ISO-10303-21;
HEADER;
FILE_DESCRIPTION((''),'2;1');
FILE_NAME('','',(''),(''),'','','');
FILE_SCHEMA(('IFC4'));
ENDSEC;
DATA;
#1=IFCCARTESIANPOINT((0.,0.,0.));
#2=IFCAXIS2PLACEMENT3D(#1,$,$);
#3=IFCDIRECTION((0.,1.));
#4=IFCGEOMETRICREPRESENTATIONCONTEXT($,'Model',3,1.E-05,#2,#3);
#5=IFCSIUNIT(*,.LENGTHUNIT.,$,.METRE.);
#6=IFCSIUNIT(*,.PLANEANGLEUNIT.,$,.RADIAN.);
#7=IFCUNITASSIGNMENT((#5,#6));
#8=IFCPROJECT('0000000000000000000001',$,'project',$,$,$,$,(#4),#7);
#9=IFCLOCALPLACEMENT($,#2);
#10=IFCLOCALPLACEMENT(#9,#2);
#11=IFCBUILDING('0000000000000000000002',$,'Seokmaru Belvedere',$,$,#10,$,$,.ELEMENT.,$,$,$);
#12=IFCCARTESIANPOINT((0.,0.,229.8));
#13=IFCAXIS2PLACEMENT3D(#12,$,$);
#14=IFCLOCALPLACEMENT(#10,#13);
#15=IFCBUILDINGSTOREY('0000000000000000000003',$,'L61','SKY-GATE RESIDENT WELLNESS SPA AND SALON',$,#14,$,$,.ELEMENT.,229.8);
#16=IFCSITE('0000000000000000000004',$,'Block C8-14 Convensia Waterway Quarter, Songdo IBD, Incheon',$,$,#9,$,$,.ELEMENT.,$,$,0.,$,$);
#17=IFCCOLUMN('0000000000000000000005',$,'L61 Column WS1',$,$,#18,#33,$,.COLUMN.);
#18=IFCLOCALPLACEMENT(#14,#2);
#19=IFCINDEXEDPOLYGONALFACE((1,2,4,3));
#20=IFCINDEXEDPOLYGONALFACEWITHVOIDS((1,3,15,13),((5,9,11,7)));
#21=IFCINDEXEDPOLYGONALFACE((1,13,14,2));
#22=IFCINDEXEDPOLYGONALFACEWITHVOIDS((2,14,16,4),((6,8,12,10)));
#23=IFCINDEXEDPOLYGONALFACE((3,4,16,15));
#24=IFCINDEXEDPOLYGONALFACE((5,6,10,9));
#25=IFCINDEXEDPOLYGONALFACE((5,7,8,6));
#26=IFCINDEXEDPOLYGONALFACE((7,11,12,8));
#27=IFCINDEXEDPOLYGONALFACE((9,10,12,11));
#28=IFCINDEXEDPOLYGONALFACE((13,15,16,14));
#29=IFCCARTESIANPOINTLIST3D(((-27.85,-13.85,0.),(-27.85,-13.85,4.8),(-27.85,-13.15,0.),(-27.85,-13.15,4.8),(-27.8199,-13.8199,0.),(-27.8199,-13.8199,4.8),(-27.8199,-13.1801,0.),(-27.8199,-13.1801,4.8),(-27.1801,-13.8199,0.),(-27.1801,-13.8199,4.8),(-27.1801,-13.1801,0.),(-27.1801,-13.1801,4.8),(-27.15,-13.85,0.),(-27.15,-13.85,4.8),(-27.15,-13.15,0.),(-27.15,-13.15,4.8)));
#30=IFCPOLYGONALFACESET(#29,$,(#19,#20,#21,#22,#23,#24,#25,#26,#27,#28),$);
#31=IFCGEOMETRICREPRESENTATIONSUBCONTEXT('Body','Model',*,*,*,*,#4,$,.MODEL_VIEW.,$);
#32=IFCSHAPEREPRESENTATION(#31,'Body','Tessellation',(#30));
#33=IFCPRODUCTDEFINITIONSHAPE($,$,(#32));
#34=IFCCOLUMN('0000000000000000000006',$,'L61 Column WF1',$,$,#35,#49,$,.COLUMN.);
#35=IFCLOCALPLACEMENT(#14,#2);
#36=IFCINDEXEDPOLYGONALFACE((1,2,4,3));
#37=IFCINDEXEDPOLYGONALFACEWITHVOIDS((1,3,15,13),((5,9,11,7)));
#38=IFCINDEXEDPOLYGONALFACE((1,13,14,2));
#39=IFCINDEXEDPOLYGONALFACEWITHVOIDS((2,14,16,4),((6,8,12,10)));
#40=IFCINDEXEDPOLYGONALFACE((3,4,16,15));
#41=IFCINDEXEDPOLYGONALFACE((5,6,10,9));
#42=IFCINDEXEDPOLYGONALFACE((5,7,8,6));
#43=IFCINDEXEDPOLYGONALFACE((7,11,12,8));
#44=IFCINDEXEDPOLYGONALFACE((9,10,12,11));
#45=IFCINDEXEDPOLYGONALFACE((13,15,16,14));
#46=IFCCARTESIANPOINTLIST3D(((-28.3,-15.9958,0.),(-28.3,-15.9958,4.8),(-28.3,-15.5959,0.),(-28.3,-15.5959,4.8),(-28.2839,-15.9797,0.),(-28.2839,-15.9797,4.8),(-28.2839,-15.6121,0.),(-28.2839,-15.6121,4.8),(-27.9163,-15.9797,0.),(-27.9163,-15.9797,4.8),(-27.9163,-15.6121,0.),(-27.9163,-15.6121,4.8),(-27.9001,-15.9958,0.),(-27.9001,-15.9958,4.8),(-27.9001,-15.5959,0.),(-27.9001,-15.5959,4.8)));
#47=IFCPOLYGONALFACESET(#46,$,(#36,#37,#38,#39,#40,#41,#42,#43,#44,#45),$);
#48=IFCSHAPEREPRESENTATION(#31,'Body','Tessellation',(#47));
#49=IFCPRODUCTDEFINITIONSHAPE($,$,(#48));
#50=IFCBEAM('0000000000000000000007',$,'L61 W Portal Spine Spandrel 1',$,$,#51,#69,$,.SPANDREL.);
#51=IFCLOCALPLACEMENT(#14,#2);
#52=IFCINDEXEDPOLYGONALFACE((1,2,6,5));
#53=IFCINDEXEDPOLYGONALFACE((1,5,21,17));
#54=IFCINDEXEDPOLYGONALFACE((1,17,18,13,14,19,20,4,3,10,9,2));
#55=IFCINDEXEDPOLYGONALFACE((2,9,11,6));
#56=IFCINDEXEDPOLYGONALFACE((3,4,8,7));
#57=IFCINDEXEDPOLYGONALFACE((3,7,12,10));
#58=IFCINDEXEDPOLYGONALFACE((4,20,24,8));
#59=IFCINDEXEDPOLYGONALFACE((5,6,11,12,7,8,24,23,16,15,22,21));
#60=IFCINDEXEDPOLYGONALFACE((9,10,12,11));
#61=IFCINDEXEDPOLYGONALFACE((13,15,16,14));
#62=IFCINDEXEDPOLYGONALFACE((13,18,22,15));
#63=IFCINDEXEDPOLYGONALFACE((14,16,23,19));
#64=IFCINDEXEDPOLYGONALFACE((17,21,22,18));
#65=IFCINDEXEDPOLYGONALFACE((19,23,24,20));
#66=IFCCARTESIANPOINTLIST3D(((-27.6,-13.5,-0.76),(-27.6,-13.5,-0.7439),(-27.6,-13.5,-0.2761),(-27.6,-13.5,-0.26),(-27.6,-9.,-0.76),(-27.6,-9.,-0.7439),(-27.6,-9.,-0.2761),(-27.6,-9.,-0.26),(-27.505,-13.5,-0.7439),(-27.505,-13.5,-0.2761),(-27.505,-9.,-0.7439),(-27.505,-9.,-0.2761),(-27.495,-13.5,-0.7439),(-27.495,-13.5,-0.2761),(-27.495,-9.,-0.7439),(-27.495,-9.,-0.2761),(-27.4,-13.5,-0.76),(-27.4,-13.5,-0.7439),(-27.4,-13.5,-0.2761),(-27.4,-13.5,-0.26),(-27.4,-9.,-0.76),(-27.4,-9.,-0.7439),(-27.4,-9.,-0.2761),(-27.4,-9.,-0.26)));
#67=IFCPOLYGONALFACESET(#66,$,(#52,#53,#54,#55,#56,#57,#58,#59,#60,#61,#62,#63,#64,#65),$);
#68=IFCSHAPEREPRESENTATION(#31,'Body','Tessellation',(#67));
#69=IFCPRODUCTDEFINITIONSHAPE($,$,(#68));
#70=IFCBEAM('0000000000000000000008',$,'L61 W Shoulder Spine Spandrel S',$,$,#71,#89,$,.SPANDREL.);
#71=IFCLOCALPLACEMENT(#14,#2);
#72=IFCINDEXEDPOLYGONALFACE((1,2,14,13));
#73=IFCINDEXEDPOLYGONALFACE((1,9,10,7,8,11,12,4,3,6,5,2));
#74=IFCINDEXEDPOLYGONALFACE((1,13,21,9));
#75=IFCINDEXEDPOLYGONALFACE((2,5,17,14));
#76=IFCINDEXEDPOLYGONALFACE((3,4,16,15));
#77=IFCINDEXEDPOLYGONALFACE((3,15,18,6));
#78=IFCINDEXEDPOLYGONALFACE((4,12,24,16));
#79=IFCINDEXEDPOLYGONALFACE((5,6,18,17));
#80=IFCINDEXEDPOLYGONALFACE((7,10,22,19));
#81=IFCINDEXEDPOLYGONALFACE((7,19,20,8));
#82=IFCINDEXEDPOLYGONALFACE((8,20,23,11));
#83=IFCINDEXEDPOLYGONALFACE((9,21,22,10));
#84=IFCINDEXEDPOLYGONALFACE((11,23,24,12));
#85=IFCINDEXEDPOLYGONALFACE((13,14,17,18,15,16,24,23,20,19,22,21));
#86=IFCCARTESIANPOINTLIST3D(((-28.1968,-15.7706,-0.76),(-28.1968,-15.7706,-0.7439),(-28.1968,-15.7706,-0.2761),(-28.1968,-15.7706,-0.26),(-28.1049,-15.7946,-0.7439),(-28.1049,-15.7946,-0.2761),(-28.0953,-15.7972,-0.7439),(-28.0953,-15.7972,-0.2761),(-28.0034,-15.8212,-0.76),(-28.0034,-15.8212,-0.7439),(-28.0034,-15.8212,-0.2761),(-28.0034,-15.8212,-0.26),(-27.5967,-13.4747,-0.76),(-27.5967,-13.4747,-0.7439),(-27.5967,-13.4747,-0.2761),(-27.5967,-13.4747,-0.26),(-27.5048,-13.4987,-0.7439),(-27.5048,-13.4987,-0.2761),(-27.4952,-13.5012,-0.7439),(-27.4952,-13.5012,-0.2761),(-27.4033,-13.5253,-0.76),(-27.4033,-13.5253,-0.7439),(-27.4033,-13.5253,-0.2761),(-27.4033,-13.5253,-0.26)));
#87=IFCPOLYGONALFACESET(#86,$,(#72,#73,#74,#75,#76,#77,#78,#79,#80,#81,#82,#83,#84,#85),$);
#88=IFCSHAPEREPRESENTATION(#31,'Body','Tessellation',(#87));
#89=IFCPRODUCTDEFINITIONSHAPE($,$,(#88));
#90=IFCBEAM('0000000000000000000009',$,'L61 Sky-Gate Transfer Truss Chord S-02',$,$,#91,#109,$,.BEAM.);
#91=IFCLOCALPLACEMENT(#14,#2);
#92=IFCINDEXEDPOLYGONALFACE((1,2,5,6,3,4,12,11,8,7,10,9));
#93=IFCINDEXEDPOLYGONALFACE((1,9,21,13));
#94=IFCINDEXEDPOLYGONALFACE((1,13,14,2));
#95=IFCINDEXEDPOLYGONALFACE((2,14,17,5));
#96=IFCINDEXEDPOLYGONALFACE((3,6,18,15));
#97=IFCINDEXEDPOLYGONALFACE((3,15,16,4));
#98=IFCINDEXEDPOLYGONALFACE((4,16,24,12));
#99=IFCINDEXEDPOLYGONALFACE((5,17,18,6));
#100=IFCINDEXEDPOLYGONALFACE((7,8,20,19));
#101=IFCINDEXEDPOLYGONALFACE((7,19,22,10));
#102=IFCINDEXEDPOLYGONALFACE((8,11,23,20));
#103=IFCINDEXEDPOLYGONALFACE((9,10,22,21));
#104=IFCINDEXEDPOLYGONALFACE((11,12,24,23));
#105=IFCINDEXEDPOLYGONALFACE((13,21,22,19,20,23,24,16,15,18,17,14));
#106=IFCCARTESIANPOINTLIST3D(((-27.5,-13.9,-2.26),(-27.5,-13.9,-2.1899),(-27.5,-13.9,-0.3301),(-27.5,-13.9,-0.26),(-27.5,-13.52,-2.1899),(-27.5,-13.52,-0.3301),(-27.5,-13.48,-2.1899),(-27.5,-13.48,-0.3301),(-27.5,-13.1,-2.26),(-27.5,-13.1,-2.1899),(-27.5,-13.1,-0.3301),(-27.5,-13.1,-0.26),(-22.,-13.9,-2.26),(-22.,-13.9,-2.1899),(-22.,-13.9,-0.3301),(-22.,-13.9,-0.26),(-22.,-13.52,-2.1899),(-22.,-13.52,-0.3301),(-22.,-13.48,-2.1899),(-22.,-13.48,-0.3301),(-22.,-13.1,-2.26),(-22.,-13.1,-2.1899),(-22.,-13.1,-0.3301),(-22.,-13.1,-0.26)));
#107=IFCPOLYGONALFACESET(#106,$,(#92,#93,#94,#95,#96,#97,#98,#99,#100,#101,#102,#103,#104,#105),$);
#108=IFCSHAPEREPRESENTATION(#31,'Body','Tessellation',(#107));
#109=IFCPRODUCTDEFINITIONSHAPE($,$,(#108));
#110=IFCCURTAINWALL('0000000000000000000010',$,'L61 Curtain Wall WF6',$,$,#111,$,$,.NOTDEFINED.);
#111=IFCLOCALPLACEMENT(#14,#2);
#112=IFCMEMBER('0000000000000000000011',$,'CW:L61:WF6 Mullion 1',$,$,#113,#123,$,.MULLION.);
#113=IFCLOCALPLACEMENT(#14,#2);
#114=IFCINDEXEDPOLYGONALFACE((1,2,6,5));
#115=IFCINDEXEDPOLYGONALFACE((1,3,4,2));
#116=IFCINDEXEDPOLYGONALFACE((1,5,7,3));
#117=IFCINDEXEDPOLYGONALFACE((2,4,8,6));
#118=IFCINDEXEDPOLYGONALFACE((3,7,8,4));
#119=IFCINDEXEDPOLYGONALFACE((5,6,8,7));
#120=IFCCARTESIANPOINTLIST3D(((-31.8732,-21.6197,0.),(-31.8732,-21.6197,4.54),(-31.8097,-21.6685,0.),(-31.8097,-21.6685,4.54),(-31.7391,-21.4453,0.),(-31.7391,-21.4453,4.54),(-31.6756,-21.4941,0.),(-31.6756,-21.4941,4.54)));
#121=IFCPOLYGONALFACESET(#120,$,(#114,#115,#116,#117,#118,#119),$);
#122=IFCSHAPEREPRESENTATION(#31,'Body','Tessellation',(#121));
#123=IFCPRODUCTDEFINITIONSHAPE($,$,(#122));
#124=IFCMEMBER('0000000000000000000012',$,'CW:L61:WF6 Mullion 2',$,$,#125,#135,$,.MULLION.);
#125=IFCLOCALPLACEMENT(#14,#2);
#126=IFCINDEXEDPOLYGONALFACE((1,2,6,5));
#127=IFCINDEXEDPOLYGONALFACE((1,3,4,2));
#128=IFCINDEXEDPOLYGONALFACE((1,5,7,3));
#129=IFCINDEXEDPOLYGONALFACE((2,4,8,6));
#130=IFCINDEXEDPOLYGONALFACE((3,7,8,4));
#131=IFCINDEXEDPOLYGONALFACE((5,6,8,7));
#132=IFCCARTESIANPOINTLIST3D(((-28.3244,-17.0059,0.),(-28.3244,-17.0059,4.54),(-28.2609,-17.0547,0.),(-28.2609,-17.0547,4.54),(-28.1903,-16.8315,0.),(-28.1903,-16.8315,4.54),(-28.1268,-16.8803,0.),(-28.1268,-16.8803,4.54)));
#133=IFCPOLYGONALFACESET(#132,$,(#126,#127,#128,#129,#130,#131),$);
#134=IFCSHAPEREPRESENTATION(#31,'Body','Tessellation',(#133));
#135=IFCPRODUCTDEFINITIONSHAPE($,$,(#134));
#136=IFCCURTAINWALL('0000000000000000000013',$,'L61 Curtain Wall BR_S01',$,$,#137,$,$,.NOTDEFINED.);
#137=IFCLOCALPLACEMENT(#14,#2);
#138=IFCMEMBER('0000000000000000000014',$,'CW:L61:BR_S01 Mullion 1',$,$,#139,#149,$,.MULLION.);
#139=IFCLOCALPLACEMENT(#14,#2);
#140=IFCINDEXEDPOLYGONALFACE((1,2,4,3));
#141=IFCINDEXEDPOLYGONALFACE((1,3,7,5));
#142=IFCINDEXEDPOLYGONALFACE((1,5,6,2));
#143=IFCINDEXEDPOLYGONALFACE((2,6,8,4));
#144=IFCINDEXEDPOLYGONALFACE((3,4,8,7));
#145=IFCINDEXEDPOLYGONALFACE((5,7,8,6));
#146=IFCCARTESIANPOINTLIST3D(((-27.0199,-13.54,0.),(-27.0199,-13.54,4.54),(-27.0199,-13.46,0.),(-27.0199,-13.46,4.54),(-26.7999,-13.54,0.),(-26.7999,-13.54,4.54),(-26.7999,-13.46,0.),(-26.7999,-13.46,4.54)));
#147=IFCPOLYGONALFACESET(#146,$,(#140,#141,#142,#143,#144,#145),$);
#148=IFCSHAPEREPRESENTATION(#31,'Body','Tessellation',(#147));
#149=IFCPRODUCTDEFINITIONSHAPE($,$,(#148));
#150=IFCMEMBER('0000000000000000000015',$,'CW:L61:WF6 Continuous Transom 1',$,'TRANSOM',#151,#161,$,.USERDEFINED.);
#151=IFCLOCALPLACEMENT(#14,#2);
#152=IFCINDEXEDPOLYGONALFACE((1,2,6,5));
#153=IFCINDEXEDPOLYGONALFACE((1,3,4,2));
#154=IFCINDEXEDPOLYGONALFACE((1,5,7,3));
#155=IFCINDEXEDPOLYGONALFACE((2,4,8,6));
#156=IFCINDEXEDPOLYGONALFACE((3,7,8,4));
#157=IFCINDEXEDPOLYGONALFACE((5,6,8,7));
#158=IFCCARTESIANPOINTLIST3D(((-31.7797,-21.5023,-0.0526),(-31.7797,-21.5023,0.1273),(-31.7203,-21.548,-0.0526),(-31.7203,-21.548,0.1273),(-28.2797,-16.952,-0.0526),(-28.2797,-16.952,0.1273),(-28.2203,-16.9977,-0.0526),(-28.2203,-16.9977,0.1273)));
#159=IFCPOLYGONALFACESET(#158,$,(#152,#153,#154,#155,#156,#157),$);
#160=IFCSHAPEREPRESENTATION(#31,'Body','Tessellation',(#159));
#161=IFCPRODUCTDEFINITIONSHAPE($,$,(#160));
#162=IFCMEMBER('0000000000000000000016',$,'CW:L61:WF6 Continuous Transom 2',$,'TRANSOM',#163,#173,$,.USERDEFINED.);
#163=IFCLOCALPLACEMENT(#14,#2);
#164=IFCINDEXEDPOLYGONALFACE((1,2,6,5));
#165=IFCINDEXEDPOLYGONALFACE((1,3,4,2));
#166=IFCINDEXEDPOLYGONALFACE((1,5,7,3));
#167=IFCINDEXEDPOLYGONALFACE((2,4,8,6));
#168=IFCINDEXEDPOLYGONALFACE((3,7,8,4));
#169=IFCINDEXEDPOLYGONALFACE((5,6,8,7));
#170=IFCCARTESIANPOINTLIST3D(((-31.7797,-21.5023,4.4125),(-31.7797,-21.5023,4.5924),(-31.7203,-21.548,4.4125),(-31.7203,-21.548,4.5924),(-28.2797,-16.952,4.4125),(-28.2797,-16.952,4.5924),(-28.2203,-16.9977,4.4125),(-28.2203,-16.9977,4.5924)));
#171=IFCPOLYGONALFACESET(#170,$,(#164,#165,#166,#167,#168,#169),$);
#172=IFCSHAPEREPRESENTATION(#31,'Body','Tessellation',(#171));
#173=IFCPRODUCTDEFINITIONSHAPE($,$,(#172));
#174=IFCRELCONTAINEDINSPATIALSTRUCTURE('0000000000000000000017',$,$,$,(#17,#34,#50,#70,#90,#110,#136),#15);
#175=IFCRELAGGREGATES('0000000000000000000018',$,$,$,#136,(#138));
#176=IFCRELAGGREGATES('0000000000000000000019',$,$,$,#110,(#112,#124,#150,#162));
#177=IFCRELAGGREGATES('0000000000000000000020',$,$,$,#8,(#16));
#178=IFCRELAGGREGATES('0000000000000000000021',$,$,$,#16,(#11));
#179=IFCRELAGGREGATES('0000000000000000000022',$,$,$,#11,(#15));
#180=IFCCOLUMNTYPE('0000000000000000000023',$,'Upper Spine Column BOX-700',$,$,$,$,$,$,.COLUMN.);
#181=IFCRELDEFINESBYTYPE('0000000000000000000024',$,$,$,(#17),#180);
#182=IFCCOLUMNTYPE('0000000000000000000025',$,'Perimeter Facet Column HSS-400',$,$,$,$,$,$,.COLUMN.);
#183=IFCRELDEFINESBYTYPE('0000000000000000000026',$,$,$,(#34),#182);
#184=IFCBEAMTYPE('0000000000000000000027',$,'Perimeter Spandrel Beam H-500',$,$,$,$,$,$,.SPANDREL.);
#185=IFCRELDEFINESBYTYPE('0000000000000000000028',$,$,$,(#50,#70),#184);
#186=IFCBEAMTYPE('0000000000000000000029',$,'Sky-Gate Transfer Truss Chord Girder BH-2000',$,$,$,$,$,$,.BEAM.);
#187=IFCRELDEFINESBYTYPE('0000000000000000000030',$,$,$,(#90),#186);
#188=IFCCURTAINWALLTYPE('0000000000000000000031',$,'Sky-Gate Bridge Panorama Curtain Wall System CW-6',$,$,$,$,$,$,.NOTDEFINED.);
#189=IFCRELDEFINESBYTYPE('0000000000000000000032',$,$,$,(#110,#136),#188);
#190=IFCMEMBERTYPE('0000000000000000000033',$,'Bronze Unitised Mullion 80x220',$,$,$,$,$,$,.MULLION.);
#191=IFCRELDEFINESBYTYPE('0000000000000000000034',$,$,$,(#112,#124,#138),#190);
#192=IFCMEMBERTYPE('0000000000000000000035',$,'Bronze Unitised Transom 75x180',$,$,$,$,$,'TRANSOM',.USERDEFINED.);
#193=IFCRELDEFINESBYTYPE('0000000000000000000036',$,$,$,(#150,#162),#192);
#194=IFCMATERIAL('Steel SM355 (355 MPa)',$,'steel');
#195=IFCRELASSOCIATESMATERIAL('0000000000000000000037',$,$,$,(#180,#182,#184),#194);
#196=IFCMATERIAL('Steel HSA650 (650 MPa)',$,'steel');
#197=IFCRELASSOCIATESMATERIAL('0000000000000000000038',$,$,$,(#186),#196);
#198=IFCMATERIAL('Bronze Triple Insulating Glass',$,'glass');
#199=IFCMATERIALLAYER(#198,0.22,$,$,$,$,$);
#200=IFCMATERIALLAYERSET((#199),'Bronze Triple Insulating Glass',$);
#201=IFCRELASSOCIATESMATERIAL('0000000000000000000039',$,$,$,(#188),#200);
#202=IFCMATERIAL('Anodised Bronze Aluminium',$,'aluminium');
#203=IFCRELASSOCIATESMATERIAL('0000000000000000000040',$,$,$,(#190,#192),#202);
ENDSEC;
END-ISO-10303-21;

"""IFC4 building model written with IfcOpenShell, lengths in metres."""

from ifc_helpers import new_model, si_unit, direction, frame, origin, origin_2d, place, context, subcontext, project, spatial, rectangle, hollow_rectangle, i_section, extrude, source, transform, mapped, material, layer, layer_set, material_profile, profile_set, type_object, type_shapes, element, aggregate, save


model = new_model("IFC4")

# Units and contexts
model_context = context("Model", 3, precision=1e-05, world=origin(), true_north=direction((0.0, 1.0)))
body_context = subcontext(model_context, "Body", "Model", "MODEL_VIEW")
ifc_project = project(units=[si_unit("LENGTHUNIT", "METRE"), si_unit("PLANEANGLEUNIT", "RADIAN")], contexts=[model_context])

# Site, building, storey
site_placement = place(None, origin())
site = spatial("IfcSite", under=ifc_project, at=site_placement, Name="Block C8-14 Convensia Waterway Quarter, Songdo IBD, Incheon", CompositionType="ELEMENT", RefElevation=0.0)
building_placement = place(site_placement, origin())
building = spatial("IfcBuilding", under=site, at=building_placement, Name="Seokmaru Belvedere", CompositionType="ELEMENT")
storey_placement = place(building_placement, frame((0.0, 0.0, 229.8)))
storey = spatial("IfcBuildingStorey", under=building, at=storey_placement, Name="L61", Description="SKY-GATE RESIDENT WELLNESS SPA AND SALON", CompositionType="ELEMENT", Elevation=229.8)

# Columns
ifc_material_1 = material(Name="Steel SM355 (355 MPa)", Category="steel")
ifc_material_profile_1 = material_profile(ifc_material_1, hollow_rectangle(XDim=0.7, YDim=0.7, WallThickness=0.03, at=origin_2d()), Name="BOX-700x700x30")
ifc_profile_set_1 = profile_set([ifc_material_profile_1], Name="Steel SM355 (355 MPa)")
column_type_1 = type_object("IfcColumnType", Name="Upper Spine Column BOX-700", PredefinedType="COLUMN", material=ifc_profile_set_1)
shared_shape_1 = source(origin(), body_context, "Body", "SweptSolid", [
    extrude(hollow_rectangle(XDim=0.7, YDim=0.7, WallThickness=0.03, at=origin_2d()), origin(), (0.0, 0.0, 1.0), 4.8),
])
type_shapes(column_type_1, [shared_shape_1])
column_1_placement = place(storey_placement, frame((-27.5, -13.5, 0.0), z_axis=(0.0, 0.0, 1.0), x_axis=(1.0, 0.0, 0.0)))
element("IfcColumn", 1, at=column_1_placement, inside=storey, type_object=column_type_1, Name="L61 Column WS1", PredefinedType="COLUMN", context=body_context, shape_type="MappedRepresentation", body=[
    mapped(shared_shape_1, transform((0.0, 0.0, 0.0), scale=1.0)),
])
ifc_material_profile_2 = material_profile(ifc_material_1, hollow_rectangle(XDim=0.3999, YDim=0.3999, WallThickness=0.0161, at=origin_2d()), Name="HSS-400x400x16")
ifc_profile_set_2 = profile_set([ifc_material_profile_2], Name="Steel SM355 (355 MPa)")
column_type_2 = type_object("IfcColumnType", Name="Perimeter Facet Column HSS-400", PredefinedType="COLUMN", material=ifc_profile_set_2)
shared_shape_2 = source(origin(), body_context, "Body", "SweptSolid", [
    extrude(hollow_rectangle(XDim=0.3999, YDim=0.3999, WallThickness=0.0161, at=origin_2d()), origin(), (0.0, 0.0, 1.0), 4.8),
])
type_shapes(column_type_2, [shared_shape_2])
column_2_placement = place(storey_placement, frame((-28.1001, -15.7959, 0.0), z_axis=(0.0, 0.0, 1.0), x_axis=(1.0, 0.0, 0.0)))
element("IfcColumn", 2, at=column_2_placement, inside=storey, type_object=column_type_2, Name="L61 Column WF1", PredefinedType="COLUMN", context=body_context, shape_type="MappedRepresentation", body=[
    mapped(shared_shape_2, transform((0.0, 0.0, 0.0), scale=1.0)),
])

# Beams
ifc_material_profile_3 = material_profile(ifc_material_1, i_section(OverallWidth=0.2, OverallDepth=0.5, WebThickness=0.01, FlangeThickness=0.0161, at=origin_2d()), Name="H-500x200x10x16")
ifc_profile_set_3 = profile_set([ifc_material_profile_3], Name="Steel SM355 (355 MPa)")
beam_type_1 = type_object("IfcBeamType", Name="Perimeter Spandrel Beam H-500", PredefinedType="SPANDREL", material=ifc_profile_set_3)
shared_shape_3 = source(origin(), body_context, "Body", "SweptSolid", [
    extrude(i_section(OverallWidth=0.2, OverallDepth=0.5, WebThickness=0.01, FlangeThickness=0.0161, at=origin_2d()), origin(), (0.0, 0.0, 1.0), 4.5),
])
beam_1_placement = place(storey_placement, frame((-27.5, -13.5, -0.51), z_axis=(0.0, 1.0, 0.0), x_axis=(-1.0, 0.0, 0.0)))
element("IfcBeam", 3, at=beam_1_placement, inside=storey, type_object=beam_type_1, Name="L61 W Portal Spine Spandrel 1", PredefinedType="SPANDREL", context=body_context, shape_type="MappedRepresentation", body=[
    mapped(shared_shape_3, transform((0.0, 0.0, 0.0), scale=1.0)),
])
shared_shape_4 = source(origin(), body_context, "Body", "SweptSolid", [
    extrude(i_section(OverallWidth=0.2, OverallDepth=0.5, WebThickness=0.01, FlangeThickness=0.0161, at=origin_2d()), origin(), (0.0, 0.0, 1.0), 2.373),
])
type_shapes(beam_type_1, [shared_shape_3, shared_shape_4])
beam_2_placement = place(storey_placement, frame((-28.1001, -15.7959, -0.51), z_axis=(0.252883, 0.967497, 0.0), x_axis=(-0.967497, 0.252883, 0.0)))
element("IfcBeam", 4, at=beam_2_placement, inside=storey, type_object=beam_type_1, Name="L61 W Shoulder Spine Spandrel S", PredefinedType="SPANDREL", context=body_context, shape_type="MappedRepresentation", body=[
    mapped(shared_shape_4, transform((0.0, 0.0, 0.0), scale=1.0)),
])
ifc_material_2 = material(Name="Steel HSA650 (650 MPa)", Category="steel")
ifc_material_profile_4 = material_profile(ifc_material_2, i_section(OverallWidth=0.8, OverallDepth=2.0, WebThickness=0.04, FlangeThickness=0.0701, at=origin_2d()), Name="BH-2000x800x40x70")
ifc_profile_set_4 = profile_set([ifc_material_profile_4], Name="Steel HSA650 (650 MPa)")
beam_type_2 = type_object("IfcBeamType", Name="Sky-Gate Transfer Truss Chord Girder BH-2000", PredefinedType="BEAM", material=ifc_profile_set_4)
shared_shape_5 = source(origin(), body_context, "Body", "SweptSolid", [
    extrude(i_section(OverallWidth=0.8, OverallDepth=2.0, WebThickness=0.04, FlangeThickness=0.0701, at=origin_2d()), origin(), (0.0, 0.0, 1.0), 5.5),
])
type_shapes(beam_type_2, [shared_shape_5])
beam_3_placement = place(storey_placement, frame((-27.5, -13.5, -1.26), z_axis=(1.0, 0.0, 0.0), x_axis=(0.0, 1.0, 0.0)))
element("IfcBeam", 5, at=beam_3_placement, inside=storey, type_object=beam_type_2, Name="L61 Sky-Gate Transfer Truss Chord S-02", PredefinedType="BEAM", context=body_context, shape_type="MappedRepresentation", body=[
    mapped(shared_shape_5, transform((0.0, 0.0, 0.0), scale=1.0)),
])

# Curtain wall, members
ifc_material_3 = material(Name="Bronze Triple Insulating Glass", Category="glass")
ifc_layer_1 = layer(ifc_material_3, 0.22)
ifc_layer_set_1 = layer_set([ifc_layer_1], Name="Bronze Triple Insulating Glass")
curtain_wall_type = type_object("IfcCurtainWallType", Name="Sky-Gate Bridge Panorama Curtain Wall System CW-6", PredefinedType="NOTDEFINED", material=ifc_layer_set_1)
curtain_wall_1_placement = place(storey_placement, origin())
curtain_wall_1 = element("IfcCurtainWall", 6, at=curtain_wall_1_placement, inside=storey, type_object=curtain_wall_type, Name="L61 Curtain Wall WF6", PredefinedType="NOTDEFINED")
ifc_material_4 = material(Name="Anodised Bronze Aluminium", Category="aluminium")
ifc_material_profile_5 = material_profile(ifc_material_4, rectangle(XDim=0.0801, YDim=0.22, at=origin_2d()), Name="CW-M-80x220")
ifc_profile_set_5 = profile_set([ifc_material_profile_5], Name="Anodised Bronze Aluminium")
member_type_1 = type_object("IfcMemberType", Name="Bronze Unitised Mullion 80x220", PredefinedType="MULLION", material=ifc_profile_set_5)
shared_shape_6 = source(origin(), body_context, "Body", "SweptSolid", [
    extrude(rectangle(XDim=0.0801, YDim=0.22, at=origin_2d()), origin(), (0.0, 0.0, 1.0), 4.54),
])
type_shapes(member_type_1, [shared_shape_6])
member_1_placement = place(storey_placement, frame((-31.7744, -21.5569, 0.0), z_axis=(0.0, 0.0, 1.0), x_axis=(-0.792631, 0.609701, 0.0)))
member_1 = element("IfcMember", 7, at=member_1_placement, type_object=member_type_1, Name="CW:L61:WF6 Mullion 1", PredefinedType="MULLION", context=body_context, shape_type="MappedRepresentation", body=[
    mapped(shared_shape_6, transform((0.0, 0.0, 0.0), scale=1.0)),
])
member_2_placement = place(storey_placement, frame((-28.2256, -16.9431, 0.0), z_axis=(0.0, 0.0, 1.0), x_axis=(-0.792631, 0.609701, 0.0)))
member_2 = element("IfcMember", 8, at=member_2_placement, type_object=member_type_1, Name="CW:L61:WF6 Mullion 2", PredefinedType="MULLION", context=body_context, shape_type="MappedRepresentation", body=[
    mapped(shared_shape_6, transform((0.0, 0.0, 0.0), scale=1.0)),
])

# Curtain wall, member
curtain_wall_2_placement = place(storey_placement, origin())
curtain_wall_2 = element("IfcCurtainWall", 9, at=curtain_wall_2_placement, inside=storey, type_object=curtain_wall_type, Name="L61 Curtain Wall BR_S01", PredefinedType="NOTDEFINED")
member_3_placement = place(storey_placement, frame((-26.9099, -13.5, 0.0), z_axis=(0.0, 0.0, 1.0), x_axis=(0.0, 1.0, 0.0)))
member_3 = element("IfcMember", 10, at=member_3_placement, type_object=member_type_1, Name="CW:L61:BR_S01 Mullion 1", PredefinedType="MULLION", context=body_context, shape_type="MappedRepresentation", body=[
    mapped(shared_shape_6, transform((0.0, 0.0, 0.0), scale=1.0)),
])

# Members
ifc_material_profile_6 = material_profile(ifc_material_4, rectangle(XDim=0.075, YDim=0.1799, at=origin_2d()), Name="CW-T-75x180")
ifc_profile_set_6 = profile_set([ifc_material_profile_6], Name="Anodised Bronze Aluminium")
member_type_2 = type_object("IfcMemberType", Name="Bronze Unitised Transom 75x180", ElementType="TRANSOM", PredefinedType="USERDEFINED", material=ifc_profile_set_6)
shared_shape_7 = source(origin(), body_context, "Body", "SweptSolid", [
    extrude(rectangle(XDim=0.075, YDim=0.1799, at=origin_2d()), origin(), (0.0, 0.0, 1.0), 5.7407),
])
member_4_placement = place(storey_placement, frame((-31.75, -21.5251, 0.0374), z_axis=(0.609686, 0.792643, 0.0), x_axis=(-0.792643, 0.609686, 0.0)))
member_4 = element("IfcMember", 11, at=member_4_placement, type_object=member_type_2, Name="CW:L61:WF6 Continuous Transom 1", ObjectType="TRANSOM", PredefinedType="USERDEFINED", context=body_context, shape_type="MappedRepresentation", body=[
    mapped(shared_shape_7, transform((0.0, 0.0, 0.0), scale=1.0)),
])
member_5_placement = place(storey_placement, frame((-31.75, -21.5251, 4.5024), z_axis=(0.609686, 0.792643, 0.0), x_axis=(-0.792643, 0.609686, 0.0)))
member_5 = element("IfcMember", 12, at=member_5_placement, type_object=member_type_2, Name="CW:L61:WF6 Continuous Transom 2", ObjectType="TRANSOM", PredefinedType="USERDEFINED", context=body_context, shape_type="MappedRepresentation", body=[
    mapped(shared_shape_7, transform((0.0, 0.0, 0.0), scale=1.0)),
])
aggregate(curtain_wall_2, [member_3])

aggregate(curtain_wall_1, [member_1, member_2, member_4, member_5])

save(model, "model.ifc")
